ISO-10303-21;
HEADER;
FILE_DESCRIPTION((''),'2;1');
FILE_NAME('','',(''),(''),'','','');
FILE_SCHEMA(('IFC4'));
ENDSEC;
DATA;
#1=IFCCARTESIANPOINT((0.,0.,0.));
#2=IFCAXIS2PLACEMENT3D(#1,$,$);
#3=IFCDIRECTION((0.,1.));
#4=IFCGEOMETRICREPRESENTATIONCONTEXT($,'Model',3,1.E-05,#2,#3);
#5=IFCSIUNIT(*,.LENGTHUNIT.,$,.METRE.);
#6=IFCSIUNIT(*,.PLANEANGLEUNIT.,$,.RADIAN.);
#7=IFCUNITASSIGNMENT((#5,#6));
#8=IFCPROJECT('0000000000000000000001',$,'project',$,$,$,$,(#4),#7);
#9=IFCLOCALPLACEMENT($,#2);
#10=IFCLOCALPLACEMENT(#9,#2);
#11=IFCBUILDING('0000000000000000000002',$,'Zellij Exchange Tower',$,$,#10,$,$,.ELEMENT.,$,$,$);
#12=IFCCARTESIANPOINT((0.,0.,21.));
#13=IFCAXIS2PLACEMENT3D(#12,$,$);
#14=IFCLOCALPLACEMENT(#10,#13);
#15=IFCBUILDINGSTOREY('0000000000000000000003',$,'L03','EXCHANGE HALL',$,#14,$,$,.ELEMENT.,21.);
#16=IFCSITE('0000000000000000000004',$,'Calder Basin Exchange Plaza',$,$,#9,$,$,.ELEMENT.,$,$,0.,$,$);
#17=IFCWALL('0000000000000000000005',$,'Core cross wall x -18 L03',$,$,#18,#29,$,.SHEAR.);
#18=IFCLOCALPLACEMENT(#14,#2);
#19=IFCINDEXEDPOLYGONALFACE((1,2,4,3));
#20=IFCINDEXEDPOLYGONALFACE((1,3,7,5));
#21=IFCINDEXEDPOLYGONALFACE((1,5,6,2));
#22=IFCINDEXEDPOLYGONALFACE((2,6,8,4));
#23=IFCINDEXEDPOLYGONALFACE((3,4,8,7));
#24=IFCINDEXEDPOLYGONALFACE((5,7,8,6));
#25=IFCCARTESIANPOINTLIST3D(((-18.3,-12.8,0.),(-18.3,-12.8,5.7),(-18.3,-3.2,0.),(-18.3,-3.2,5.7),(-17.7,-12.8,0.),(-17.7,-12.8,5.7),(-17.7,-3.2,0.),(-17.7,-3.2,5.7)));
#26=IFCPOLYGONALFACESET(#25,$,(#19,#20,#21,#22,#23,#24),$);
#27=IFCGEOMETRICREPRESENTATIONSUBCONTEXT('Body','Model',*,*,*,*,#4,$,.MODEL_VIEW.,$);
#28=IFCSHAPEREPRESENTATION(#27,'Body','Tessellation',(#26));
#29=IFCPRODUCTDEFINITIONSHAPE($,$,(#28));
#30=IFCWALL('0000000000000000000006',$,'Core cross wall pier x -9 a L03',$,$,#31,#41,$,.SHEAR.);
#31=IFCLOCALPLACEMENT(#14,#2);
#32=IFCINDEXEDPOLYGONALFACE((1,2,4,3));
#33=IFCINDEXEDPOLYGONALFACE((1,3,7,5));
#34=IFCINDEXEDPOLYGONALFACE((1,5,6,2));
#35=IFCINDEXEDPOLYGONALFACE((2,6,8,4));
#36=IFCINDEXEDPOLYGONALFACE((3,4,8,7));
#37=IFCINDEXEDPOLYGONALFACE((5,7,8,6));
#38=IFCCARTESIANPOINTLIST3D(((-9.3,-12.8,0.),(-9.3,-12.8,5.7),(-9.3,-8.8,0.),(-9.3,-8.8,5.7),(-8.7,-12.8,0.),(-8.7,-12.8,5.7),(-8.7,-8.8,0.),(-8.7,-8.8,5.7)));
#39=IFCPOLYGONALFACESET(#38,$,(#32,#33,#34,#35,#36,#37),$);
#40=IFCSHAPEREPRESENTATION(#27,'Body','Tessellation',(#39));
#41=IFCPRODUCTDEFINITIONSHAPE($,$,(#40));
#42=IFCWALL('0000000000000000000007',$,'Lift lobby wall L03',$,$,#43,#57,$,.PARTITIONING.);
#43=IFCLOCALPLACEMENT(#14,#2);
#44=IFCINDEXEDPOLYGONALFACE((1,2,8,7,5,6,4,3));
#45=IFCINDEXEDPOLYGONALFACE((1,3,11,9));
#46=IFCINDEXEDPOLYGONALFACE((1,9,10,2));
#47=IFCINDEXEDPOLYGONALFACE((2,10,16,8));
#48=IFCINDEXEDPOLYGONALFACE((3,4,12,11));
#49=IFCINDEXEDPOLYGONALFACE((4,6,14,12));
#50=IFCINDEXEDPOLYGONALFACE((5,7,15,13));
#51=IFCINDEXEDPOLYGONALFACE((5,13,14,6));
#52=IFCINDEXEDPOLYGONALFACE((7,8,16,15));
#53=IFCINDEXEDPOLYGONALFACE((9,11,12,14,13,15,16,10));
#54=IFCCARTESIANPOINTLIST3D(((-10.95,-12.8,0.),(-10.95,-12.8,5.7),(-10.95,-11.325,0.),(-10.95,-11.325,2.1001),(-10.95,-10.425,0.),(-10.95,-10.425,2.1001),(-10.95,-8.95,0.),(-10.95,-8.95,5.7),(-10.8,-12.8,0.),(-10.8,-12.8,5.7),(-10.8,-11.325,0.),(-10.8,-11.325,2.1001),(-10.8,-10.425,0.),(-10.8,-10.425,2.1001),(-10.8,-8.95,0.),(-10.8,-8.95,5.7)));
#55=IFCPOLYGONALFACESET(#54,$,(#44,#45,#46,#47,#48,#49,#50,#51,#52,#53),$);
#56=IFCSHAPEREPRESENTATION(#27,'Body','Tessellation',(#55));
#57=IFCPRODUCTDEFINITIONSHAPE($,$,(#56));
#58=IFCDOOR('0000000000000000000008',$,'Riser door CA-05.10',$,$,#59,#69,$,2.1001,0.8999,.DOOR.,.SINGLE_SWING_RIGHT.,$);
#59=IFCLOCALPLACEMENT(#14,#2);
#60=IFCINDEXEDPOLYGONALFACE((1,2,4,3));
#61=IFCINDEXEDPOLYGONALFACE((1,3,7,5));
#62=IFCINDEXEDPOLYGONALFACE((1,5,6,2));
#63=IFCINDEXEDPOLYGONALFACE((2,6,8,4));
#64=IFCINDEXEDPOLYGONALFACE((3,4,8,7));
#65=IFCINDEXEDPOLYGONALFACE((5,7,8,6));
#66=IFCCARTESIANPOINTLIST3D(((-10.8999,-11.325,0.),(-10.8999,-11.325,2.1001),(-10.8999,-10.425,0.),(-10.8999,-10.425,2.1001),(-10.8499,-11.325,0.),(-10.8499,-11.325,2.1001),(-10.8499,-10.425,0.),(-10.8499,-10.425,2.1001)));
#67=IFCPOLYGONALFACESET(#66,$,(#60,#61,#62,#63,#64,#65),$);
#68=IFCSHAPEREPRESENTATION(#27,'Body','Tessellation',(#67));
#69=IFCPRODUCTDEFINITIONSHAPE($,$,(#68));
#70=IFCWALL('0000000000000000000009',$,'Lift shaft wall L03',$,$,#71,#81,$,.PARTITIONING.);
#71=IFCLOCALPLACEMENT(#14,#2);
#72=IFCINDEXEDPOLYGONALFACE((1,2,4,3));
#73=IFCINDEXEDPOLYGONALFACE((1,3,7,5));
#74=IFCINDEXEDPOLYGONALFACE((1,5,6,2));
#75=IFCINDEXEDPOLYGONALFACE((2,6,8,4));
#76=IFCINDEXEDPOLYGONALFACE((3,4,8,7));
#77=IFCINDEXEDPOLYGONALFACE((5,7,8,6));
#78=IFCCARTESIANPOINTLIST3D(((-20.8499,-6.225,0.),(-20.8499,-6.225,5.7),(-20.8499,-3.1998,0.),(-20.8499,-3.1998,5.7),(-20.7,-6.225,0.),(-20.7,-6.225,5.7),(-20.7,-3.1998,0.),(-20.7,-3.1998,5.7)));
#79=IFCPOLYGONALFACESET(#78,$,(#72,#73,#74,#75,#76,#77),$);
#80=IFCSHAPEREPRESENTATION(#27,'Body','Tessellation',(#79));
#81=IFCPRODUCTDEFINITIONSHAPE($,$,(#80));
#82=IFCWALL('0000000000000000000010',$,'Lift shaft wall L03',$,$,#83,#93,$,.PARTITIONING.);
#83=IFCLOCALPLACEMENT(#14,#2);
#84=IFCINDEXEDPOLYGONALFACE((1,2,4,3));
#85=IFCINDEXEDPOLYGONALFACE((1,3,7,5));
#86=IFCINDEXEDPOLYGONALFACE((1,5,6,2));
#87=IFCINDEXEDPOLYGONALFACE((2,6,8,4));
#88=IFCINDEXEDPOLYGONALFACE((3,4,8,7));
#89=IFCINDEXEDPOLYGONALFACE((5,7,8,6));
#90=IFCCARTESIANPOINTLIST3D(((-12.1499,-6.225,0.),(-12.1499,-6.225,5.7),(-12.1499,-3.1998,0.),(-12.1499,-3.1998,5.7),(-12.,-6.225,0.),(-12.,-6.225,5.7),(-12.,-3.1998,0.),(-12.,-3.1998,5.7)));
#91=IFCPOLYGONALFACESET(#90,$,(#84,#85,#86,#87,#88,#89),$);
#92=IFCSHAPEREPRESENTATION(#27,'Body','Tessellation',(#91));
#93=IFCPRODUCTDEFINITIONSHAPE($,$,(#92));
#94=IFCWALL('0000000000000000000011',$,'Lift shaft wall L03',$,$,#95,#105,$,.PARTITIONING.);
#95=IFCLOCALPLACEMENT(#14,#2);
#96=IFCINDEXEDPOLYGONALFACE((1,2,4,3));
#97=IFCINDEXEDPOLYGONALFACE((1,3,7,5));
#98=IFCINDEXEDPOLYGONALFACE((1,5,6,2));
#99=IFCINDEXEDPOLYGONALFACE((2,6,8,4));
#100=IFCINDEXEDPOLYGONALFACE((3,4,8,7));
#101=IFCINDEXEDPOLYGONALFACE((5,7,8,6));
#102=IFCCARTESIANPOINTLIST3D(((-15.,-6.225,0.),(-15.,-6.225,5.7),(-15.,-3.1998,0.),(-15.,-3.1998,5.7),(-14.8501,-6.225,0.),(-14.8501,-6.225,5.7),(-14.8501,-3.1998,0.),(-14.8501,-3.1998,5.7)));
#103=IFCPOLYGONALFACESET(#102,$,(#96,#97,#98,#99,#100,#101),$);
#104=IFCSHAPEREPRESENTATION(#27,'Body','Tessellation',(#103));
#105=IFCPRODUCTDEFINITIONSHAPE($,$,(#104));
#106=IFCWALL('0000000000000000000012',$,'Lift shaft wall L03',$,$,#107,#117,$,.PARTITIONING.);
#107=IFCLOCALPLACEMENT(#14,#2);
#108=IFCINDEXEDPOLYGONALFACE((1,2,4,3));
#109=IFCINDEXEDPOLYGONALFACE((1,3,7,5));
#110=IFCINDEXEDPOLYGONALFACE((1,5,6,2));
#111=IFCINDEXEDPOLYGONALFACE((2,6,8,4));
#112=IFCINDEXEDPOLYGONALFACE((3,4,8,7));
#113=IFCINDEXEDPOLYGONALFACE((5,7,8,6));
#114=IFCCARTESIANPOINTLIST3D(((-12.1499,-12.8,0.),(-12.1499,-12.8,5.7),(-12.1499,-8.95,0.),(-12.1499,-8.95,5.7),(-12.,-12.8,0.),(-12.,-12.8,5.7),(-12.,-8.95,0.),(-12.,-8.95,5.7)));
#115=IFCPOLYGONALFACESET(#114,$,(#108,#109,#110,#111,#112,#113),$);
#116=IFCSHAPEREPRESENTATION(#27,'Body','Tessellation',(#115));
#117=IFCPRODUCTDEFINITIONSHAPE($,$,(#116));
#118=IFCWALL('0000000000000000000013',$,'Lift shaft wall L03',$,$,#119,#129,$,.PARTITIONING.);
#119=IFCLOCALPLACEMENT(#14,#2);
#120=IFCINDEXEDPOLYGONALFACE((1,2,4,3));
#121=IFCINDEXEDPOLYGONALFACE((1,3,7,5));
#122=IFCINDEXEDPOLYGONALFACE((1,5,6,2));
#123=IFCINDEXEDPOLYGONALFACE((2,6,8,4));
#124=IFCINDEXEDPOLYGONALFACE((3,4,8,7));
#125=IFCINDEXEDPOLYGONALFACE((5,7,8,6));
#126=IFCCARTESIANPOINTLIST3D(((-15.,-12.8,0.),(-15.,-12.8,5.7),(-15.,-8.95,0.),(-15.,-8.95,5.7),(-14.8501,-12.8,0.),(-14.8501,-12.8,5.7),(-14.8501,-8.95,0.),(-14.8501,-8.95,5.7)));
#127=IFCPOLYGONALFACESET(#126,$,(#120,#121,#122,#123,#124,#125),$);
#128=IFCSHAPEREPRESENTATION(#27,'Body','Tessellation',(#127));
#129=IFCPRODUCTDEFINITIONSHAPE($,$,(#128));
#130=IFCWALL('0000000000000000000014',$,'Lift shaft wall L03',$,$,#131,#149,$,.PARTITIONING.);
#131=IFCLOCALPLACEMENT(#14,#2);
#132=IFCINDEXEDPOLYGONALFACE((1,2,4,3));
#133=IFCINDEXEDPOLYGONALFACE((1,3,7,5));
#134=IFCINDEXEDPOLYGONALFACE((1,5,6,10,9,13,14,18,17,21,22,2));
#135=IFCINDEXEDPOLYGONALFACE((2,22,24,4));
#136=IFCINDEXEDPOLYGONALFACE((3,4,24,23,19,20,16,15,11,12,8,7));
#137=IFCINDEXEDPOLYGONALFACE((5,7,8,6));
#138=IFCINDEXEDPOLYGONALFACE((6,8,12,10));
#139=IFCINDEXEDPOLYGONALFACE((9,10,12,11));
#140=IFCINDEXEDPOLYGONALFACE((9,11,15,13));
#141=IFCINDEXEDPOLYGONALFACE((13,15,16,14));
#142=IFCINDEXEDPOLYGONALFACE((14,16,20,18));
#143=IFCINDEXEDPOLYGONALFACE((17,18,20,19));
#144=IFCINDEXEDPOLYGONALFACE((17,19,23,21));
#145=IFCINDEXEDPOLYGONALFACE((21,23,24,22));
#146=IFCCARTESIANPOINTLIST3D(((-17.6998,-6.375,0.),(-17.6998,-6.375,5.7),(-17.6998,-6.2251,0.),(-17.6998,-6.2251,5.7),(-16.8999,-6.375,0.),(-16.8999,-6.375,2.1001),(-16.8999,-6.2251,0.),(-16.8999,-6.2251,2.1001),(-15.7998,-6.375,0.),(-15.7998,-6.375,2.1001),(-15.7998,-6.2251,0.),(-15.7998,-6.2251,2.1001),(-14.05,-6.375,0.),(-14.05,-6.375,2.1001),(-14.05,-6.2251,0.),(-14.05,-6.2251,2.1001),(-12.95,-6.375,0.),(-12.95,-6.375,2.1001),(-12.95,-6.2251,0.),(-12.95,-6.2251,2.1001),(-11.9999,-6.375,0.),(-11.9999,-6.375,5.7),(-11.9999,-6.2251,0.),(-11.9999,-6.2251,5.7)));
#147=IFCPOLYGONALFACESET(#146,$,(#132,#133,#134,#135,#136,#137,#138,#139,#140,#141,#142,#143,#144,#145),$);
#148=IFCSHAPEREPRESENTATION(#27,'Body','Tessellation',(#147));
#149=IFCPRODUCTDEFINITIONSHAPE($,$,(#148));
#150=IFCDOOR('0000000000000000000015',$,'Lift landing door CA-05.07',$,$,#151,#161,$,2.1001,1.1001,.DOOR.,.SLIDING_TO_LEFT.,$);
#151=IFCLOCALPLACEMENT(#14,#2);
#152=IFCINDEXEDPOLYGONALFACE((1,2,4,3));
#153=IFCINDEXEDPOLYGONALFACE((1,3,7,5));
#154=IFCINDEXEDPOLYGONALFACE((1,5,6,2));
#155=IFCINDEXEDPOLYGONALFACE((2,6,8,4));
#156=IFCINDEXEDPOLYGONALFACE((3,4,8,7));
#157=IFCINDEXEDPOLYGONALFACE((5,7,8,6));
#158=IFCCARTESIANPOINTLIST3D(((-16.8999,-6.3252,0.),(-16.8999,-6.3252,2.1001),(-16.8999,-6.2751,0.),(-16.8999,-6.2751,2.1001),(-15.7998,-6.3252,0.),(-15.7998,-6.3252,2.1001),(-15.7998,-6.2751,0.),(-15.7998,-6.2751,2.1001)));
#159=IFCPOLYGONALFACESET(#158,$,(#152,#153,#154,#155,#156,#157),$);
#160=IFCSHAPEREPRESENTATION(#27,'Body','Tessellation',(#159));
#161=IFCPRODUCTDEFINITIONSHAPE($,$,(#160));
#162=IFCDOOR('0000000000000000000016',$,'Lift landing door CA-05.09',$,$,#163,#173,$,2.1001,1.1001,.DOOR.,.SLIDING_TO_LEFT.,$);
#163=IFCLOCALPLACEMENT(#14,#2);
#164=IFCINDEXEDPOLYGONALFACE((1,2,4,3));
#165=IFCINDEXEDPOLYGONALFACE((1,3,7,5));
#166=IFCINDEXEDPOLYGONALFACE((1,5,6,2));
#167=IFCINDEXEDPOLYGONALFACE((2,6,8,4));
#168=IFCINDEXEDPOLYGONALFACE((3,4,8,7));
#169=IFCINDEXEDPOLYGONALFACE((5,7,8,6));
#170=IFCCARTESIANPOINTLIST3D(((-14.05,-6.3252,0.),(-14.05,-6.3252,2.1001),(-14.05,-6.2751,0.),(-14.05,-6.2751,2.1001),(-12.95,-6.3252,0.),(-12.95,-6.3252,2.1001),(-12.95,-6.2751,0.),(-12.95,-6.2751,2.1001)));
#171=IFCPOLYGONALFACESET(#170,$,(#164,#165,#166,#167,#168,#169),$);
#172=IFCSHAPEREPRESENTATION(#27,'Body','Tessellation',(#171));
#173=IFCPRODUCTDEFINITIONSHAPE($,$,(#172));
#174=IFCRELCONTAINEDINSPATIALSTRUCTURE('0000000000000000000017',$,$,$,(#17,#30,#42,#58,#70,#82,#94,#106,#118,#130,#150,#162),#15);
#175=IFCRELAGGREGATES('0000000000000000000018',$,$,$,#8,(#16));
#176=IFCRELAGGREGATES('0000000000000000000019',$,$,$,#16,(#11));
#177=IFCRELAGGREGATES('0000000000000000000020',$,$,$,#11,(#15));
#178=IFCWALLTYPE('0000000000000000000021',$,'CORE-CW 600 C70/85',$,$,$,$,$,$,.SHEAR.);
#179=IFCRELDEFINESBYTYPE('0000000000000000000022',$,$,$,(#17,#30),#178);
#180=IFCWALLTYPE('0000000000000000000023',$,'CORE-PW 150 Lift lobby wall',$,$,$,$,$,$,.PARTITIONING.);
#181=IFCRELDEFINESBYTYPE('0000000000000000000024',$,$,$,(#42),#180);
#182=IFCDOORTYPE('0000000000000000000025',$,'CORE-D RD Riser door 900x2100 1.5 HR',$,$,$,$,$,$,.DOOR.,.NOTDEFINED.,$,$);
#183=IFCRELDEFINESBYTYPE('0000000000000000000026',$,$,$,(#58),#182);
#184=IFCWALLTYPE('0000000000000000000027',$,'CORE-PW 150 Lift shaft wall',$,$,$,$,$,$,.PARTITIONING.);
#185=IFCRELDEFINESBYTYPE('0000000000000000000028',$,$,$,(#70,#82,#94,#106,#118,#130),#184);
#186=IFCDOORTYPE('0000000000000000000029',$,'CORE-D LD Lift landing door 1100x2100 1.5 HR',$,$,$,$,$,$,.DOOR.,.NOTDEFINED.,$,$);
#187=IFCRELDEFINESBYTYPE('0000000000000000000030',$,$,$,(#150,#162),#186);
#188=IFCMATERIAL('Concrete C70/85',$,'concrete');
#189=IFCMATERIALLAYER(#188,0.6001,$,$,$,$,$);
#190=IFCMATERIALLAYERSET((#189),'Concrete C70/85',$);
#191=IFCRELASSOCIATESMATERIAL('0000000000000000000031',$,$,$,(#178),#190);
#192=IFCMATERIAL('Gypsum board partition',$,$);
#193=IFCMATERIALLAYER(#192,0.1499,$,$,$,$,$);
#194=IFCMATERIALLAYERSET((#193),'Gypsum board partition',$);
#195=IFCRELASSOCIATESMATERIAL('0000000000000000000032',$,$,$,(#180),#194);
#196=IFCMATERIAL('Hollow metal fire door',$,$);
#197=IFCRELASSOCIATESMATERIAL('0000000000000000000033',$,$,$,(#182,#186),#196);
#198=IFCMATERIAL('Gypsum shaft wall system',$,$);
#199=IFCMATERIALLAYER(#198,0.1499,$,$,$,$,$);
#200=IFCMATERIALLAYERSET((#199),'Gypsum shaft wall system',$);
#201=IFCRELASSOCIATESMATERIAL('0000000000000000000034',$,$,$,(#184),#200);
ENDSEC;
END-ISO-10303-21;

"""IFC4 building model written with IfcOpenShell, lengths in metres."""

from ifc_helpers import new_model, si_unit, direction, frame, frame_2d, origin, place, context, subcontext, project, spatial, rectangle, extrude, material, layer, layer_set, type_object, element, fill, save


model = new_model("IFC4")

# Units and contexts
model_context = context("Model", 3, precision=1e-05, world=origin(), true_north=direction((0.0, 1.0)))
body_context = subcontext(model_context, "Body", "Model", "MODEL_VIEW")
ifc_project = project(units=[si_unit("LENGTHUNIT", "METRE"), si_unit("PLANEANGLEUNIT", "RADIAN")], contexts=[model_context])

# Site, building, storey
site_placement = place(None, origin())
site = spatial("IfcSite", under=ifc_project, at=site_placement, Name="Calder Basin Exchange Plaza", CompositionType="ELEMENT", RefElevation=0.0)
building_placement = place(site_placement, origin())
building = spatial("IfcBuilding", under=site, at=building_placement, Name="Zellij Exchange Tower", CompositionType="ELEMENT")
storey_placement = place(building_placement, frame((0.0, 0.0, 21.0)))
storey = spatial("IfcBuildingStorey", under=building, at=storey_placement, Name="L03", Description="EXCHANGE HALL", CompositionType="ELEMENT", Elevation=21.0)

# Walls
ifc_material_1 = material(Name="Concrete C70/85", Category="concrete")
ifc_layer_1 = layer(ifc_material_1, 0.6001)
ifc_layer_set_1 = layer_set([ifc_layer_1], Name="Concrete C70/85")
wall_type_1 = type_object("IfcWallType", Name="CORE-CW 600 C70/85", PredefinedType="SHEAR", material=ifc_layer_set_1)
wall_1_placement = place(storey_placement, frame((-18.0, -12.8, 0.0), z_axis=(0.0, 0.0, 1.0), x_axis=(0.0, 1.0, 0.0)))
element("IfcWall", 1, at=wall_1_placement, inside=storey, type_object=wall_type_1, Name="Core cross wall x -18 L03", PredefinedType="SHEAR", context=body_context, shape_type="SweptSolid", body=[
    extrude(rectangle(XDim=9.6001, YDim=0.6001, at=frame_2d((4.8, 0.0))), origin(), (0.0, 0.0, 1.0), 5.7),
])
wall_2_placement = place(storey_placement, frame((-9.0, -12.8, 0.0), z_axis=(0.0, 0.0, 1.0), x_axis=(0.0, 1.0, 0.0)))
element("IfcWall", 2, at=wall_2_placement, inside=storey, type_object=wall_type_1, Name="Core cross wall pier x -9 a L03", PredefinedType="SHEAR", context=body_context, shape_type="SweptSolid", body=[
    extrude(rectangle(XDim=4.0, YDim=0.6001, at=frame_2d((2.0, 0.0))), origin(), (0.0, 0.0, 1.0), 5.7),
])

# Wall, opening, door
ifc_material_2 = material(Name="Gypsum board partition")
ifc_layer_2 = layer(ifc_material_2, 0.1499)
ifc_layer_set_2 = layer_set([ifc_layer_2], Name="Gypsum board partition")
wall_type_2 = type_object("IfcWallType", Name="CORE-PW 150 Lift lobby wall", PredefinedType="PARTITIONING", material=ifc_layer_set_2)
wall_3_placement = place(storey_placement, frame((-10.875, -12.8, 0.0), z_axis=(0.0, 0.0, 1.0), x_axis=(0.0, 1.0, 0.0)))
wall_3 = element("IfcWall", 3, at=wall_3_placement, inside=storey, type_object=wall_type_2, Name="Lift lobby wall L03", PredefinedType="PARTITIONING", context=body_context, shape_type="SweptSolid", body=[
    extrude(rectangle(XDim=3.8501, YDim=0.1499, at=frame_2d((1.925, 0.0))), origin(), (0.0, 0.0, 1.0), 5.7),
])
opening_1_placement = place(wall_3_placement, frame((1.4751, 0.0, 0.0)))
opening_1 = element("IfcOpeningElement", 4, at=opening_1_placement, cuts=wall_3, PredefinedType="OPENING", context=body_context, shape_type="SweptSolid", body=[
    extrude(rectangle(XDim=0.8999, YDim=2.1001, at=frame_2d((0.45, 1.05))), frame((0.0, 0.0869, 0.0), z_axis=(0.0, -1.0, 0.0), x_axis=(1.0, 0.0, 0.0)), (0.0, 0.0, 1.0), 0.1738),
])
ifc_material_3 = material(Name="Hollow metal fire door")
door_type_1 = type_object("IfcDoorType", Name="CORE-D RD Riser door 900x2100 1.5 HR", OperationType="NOTDEFINED", PredefinedType="DOOR", material=ifc_material_3)
door_1_placement = place(opening_1_placement, origin())
door_1 = element("IfcDoor", 5, at=door_1_placement, inside=storey, type_object=door_type_1, Name="Riser door CA-05.10", OperationType="SINGLE_SWING_RIGHT", OverallHeight=2.1001, OverallWidth=0.8999, PredefinedType="DOOR", context=body_context, shape_type="SweptSolid", body=[
    extrude(rectangle(XDim=0.8999, YDim=2.1001, at=frame_2d((0.45, 1.05))), frame((0.0, 0.0249, 0.0), z_axis=(0.0, -1.0, 0.0), x_axis=(1.0, 0.0, 0.0)), (0.0, 0.0, 1.0), 0.05),
])
fill(opening_1, door_1)

# Walls
ifc_material_4 = material(Name="Gypsum shaft wall system")
ifc_layer_3 = layer(ifc_material_4, 0.1499)
ifc_layer_set_3 = layer_set([ifc_layer_3], Name="Gypsum shaft wall system")
wall_type_3 = type_object("IfcWallType", Name="CORE-PW 150 Lift shaft wall", PredefinedType="PARTITIONING", material=ifc_layer_set_3)
for number, where, z_axis, x_axis, name in (
    (6, (-20.7749, -6.2251, 0.0), (0.0, 0.0, 1.0), (0.0, 1.0, 0.0), "Lift shaft wall L03"),
    (7, (-12.075, -6.2251, 0.0), (0.0, 0.0, 1.0), (0.0, 1.0, 0.0), "Lift shaft wall L03"),
    (8, (-14.925, -6.2251, 0.0), (0.0, 0.0, 1.0), (0.0, 1.0, 0.0), "Lift shaft wall L03"),
):
    element("IfcWall", number, at=place(storey_placement, frame(where, z_axis=z_axis, x_axis=x_axis)), inside=storey, type_object=wall_type_3, Name=name, PredefinedType="PARTITIONING", context=body_context, shape_type="SweptSolid", body=[
        extrude(rectangle(XDim=3.0251, YDim=0.1499, at=frame_2d((1.5127, 0.0))), origin(), (0.0, 0.0, 1.0), 5.7),
    ])
for number, where, z_axis, x_axis, name in (
    (9, (-12.075, -12.8, 0.0), (0.0, 0.0, 1.0), (0.0, 1.0, 0.0), "Lift shaft wall L03"),
    (10, (-14.925, -12.8, 0.0), (0.0, 0.0, 1.0), (0.0, 1.0, 0.0), "Lift shaft wall L03"),
):
    element("IfcWall", number, at=place(storey_placement, frame(where, z_axis=z_axis, x_axis=x_axis)), inside=storey, type_object=wall_type_3, Name=name, PredefinedType="PARTITIONING", context=body_context, shape_type="SweptSolid", body=[
        extrude(rectangle(XDim=3.8501, YDim=0.1499, at=frame_2d((1.925, 0.0))), origin(), (0.0, 0.0, 1.0), 5.7),
    ])

# Wall, openings, doors
wall_4_placement = place(storey_placement, frame((-17.7, -6.3, 0.0), z_axis=(0.0, 0.0, 1.0), x_axis=(1.0, 0.0, 0.0)))
wall_4 = element("IfcWall", 11, at=wall_4_placement, inside=storey, type_object=wall_type_3, Name="Lift shaft wall L03", PredefinedType="PARTITIONING", context=body_context, shape_type="SweptSolid", body=[
    extrude(rectangle(XDim=5.7, YDim=0.1499, at=frame_2d((2.8501, 0.0))), origin(), (0.0, 0.0, 1.0), 5.7),
])
opening_2_placement = place(wall_4_placement, frame((0.8, 0.0, 0.0)))
opening_2 = element("IfcOpeningElement", 12, at=opening_2_placement, cuts=wall_4, PredefinedType="OPENING", context=body_context, shape_type="SweptSolid", body=[
    extrude(rectangle(XDim=1.1001, YDim=2.1001, at=frame_2d((0.55, 1.05))), frame((0.0, 0.0869, 0.0), z_axis=(0.0, -1.0, 0.0), x_axis=(1.0, 0.0, 0.0)), (0.0, 0.0, 1.0), 0.1738),
])
opening_3_placement = place(wall_4_placement, frame((3.6499, 0.0, 0.0)))
opening_3 = element("IfcOpeningElement", 13, at=opening_3_placement, cuts=wall_4, PredefinedType="OPENING", context=body_context, shape_type="SweptSolid", body=[
    extrude(rectangle(XDim=1.1001, YDim=2.1001, at=frame_2d((0.55, 1.05))), frame((0.0, 0.0869, 0.0), z_axis=(0.0, -1.0, 0.0), x_axis=(1.0, 0.0, 0.0)), (0.0, 0.0, 1.0), 0.1738),
])
door_type_2 = type_object("IfcDoorType", Name="CORE-D LD Lift landing door 1100x2100 1.5 HR", OperationType="NOTDEFINED", PredefinedType="DOOR", material=ifc_material_3)
door_2_placement = place(opening_2_placement, origin())
door_2 = element("IfcDoor", 14, at=door_2_placement, inside=storey, type_object=door_type_2, Name="Lift landing door CA-05.07", OperationType="SLIDING_TO_LEFT", OverallHeight=2.1001, OverallWidth=1.1001, PredefinedType="DOOR", context=body_context, shape_type="SweptSolid", body=[
    extrude(rectangle(XDim=1.1001, YDim=2.1001, at=frame_2d((0.55, 1.05))), frame((0.0, 0.0249, 0.0), z_axis=(0.0, -1.0, 0.0), x_axis=(1.0, 0.0, 0.0)), (0.0, 0.0, 1.0), 0.05),
])
fill(opening_2, door_2)
door_3_placement = place(opening_3_placement, origin())
door_3 = element("IfcDoor", 15, at=door_3_placement, inside=storey, type_object=door_type_2, Name="Lift landing door CA-05.09", OperationType="SLIDING_TO_LEFT", OverallHeight=2.1001, OverallWidth=1.1001, PredefinedType="DOOR", context=body_context, shape_type="SweptSolid", body=[
    extrude(rectangle(XDim=1.1001, YDim=2.1001, at=frame_2d((0.55, 1.05))), frame((0.0, 0.0249, 0.0), z_axis=(0.0, -1.0, 0.0), x_axis=(1.0, 0.0, 0.0)), (0.0, 0.0, 1.0), 0.05),
])
fill(opening_3, door_3)

save(model, "model.ifc")
